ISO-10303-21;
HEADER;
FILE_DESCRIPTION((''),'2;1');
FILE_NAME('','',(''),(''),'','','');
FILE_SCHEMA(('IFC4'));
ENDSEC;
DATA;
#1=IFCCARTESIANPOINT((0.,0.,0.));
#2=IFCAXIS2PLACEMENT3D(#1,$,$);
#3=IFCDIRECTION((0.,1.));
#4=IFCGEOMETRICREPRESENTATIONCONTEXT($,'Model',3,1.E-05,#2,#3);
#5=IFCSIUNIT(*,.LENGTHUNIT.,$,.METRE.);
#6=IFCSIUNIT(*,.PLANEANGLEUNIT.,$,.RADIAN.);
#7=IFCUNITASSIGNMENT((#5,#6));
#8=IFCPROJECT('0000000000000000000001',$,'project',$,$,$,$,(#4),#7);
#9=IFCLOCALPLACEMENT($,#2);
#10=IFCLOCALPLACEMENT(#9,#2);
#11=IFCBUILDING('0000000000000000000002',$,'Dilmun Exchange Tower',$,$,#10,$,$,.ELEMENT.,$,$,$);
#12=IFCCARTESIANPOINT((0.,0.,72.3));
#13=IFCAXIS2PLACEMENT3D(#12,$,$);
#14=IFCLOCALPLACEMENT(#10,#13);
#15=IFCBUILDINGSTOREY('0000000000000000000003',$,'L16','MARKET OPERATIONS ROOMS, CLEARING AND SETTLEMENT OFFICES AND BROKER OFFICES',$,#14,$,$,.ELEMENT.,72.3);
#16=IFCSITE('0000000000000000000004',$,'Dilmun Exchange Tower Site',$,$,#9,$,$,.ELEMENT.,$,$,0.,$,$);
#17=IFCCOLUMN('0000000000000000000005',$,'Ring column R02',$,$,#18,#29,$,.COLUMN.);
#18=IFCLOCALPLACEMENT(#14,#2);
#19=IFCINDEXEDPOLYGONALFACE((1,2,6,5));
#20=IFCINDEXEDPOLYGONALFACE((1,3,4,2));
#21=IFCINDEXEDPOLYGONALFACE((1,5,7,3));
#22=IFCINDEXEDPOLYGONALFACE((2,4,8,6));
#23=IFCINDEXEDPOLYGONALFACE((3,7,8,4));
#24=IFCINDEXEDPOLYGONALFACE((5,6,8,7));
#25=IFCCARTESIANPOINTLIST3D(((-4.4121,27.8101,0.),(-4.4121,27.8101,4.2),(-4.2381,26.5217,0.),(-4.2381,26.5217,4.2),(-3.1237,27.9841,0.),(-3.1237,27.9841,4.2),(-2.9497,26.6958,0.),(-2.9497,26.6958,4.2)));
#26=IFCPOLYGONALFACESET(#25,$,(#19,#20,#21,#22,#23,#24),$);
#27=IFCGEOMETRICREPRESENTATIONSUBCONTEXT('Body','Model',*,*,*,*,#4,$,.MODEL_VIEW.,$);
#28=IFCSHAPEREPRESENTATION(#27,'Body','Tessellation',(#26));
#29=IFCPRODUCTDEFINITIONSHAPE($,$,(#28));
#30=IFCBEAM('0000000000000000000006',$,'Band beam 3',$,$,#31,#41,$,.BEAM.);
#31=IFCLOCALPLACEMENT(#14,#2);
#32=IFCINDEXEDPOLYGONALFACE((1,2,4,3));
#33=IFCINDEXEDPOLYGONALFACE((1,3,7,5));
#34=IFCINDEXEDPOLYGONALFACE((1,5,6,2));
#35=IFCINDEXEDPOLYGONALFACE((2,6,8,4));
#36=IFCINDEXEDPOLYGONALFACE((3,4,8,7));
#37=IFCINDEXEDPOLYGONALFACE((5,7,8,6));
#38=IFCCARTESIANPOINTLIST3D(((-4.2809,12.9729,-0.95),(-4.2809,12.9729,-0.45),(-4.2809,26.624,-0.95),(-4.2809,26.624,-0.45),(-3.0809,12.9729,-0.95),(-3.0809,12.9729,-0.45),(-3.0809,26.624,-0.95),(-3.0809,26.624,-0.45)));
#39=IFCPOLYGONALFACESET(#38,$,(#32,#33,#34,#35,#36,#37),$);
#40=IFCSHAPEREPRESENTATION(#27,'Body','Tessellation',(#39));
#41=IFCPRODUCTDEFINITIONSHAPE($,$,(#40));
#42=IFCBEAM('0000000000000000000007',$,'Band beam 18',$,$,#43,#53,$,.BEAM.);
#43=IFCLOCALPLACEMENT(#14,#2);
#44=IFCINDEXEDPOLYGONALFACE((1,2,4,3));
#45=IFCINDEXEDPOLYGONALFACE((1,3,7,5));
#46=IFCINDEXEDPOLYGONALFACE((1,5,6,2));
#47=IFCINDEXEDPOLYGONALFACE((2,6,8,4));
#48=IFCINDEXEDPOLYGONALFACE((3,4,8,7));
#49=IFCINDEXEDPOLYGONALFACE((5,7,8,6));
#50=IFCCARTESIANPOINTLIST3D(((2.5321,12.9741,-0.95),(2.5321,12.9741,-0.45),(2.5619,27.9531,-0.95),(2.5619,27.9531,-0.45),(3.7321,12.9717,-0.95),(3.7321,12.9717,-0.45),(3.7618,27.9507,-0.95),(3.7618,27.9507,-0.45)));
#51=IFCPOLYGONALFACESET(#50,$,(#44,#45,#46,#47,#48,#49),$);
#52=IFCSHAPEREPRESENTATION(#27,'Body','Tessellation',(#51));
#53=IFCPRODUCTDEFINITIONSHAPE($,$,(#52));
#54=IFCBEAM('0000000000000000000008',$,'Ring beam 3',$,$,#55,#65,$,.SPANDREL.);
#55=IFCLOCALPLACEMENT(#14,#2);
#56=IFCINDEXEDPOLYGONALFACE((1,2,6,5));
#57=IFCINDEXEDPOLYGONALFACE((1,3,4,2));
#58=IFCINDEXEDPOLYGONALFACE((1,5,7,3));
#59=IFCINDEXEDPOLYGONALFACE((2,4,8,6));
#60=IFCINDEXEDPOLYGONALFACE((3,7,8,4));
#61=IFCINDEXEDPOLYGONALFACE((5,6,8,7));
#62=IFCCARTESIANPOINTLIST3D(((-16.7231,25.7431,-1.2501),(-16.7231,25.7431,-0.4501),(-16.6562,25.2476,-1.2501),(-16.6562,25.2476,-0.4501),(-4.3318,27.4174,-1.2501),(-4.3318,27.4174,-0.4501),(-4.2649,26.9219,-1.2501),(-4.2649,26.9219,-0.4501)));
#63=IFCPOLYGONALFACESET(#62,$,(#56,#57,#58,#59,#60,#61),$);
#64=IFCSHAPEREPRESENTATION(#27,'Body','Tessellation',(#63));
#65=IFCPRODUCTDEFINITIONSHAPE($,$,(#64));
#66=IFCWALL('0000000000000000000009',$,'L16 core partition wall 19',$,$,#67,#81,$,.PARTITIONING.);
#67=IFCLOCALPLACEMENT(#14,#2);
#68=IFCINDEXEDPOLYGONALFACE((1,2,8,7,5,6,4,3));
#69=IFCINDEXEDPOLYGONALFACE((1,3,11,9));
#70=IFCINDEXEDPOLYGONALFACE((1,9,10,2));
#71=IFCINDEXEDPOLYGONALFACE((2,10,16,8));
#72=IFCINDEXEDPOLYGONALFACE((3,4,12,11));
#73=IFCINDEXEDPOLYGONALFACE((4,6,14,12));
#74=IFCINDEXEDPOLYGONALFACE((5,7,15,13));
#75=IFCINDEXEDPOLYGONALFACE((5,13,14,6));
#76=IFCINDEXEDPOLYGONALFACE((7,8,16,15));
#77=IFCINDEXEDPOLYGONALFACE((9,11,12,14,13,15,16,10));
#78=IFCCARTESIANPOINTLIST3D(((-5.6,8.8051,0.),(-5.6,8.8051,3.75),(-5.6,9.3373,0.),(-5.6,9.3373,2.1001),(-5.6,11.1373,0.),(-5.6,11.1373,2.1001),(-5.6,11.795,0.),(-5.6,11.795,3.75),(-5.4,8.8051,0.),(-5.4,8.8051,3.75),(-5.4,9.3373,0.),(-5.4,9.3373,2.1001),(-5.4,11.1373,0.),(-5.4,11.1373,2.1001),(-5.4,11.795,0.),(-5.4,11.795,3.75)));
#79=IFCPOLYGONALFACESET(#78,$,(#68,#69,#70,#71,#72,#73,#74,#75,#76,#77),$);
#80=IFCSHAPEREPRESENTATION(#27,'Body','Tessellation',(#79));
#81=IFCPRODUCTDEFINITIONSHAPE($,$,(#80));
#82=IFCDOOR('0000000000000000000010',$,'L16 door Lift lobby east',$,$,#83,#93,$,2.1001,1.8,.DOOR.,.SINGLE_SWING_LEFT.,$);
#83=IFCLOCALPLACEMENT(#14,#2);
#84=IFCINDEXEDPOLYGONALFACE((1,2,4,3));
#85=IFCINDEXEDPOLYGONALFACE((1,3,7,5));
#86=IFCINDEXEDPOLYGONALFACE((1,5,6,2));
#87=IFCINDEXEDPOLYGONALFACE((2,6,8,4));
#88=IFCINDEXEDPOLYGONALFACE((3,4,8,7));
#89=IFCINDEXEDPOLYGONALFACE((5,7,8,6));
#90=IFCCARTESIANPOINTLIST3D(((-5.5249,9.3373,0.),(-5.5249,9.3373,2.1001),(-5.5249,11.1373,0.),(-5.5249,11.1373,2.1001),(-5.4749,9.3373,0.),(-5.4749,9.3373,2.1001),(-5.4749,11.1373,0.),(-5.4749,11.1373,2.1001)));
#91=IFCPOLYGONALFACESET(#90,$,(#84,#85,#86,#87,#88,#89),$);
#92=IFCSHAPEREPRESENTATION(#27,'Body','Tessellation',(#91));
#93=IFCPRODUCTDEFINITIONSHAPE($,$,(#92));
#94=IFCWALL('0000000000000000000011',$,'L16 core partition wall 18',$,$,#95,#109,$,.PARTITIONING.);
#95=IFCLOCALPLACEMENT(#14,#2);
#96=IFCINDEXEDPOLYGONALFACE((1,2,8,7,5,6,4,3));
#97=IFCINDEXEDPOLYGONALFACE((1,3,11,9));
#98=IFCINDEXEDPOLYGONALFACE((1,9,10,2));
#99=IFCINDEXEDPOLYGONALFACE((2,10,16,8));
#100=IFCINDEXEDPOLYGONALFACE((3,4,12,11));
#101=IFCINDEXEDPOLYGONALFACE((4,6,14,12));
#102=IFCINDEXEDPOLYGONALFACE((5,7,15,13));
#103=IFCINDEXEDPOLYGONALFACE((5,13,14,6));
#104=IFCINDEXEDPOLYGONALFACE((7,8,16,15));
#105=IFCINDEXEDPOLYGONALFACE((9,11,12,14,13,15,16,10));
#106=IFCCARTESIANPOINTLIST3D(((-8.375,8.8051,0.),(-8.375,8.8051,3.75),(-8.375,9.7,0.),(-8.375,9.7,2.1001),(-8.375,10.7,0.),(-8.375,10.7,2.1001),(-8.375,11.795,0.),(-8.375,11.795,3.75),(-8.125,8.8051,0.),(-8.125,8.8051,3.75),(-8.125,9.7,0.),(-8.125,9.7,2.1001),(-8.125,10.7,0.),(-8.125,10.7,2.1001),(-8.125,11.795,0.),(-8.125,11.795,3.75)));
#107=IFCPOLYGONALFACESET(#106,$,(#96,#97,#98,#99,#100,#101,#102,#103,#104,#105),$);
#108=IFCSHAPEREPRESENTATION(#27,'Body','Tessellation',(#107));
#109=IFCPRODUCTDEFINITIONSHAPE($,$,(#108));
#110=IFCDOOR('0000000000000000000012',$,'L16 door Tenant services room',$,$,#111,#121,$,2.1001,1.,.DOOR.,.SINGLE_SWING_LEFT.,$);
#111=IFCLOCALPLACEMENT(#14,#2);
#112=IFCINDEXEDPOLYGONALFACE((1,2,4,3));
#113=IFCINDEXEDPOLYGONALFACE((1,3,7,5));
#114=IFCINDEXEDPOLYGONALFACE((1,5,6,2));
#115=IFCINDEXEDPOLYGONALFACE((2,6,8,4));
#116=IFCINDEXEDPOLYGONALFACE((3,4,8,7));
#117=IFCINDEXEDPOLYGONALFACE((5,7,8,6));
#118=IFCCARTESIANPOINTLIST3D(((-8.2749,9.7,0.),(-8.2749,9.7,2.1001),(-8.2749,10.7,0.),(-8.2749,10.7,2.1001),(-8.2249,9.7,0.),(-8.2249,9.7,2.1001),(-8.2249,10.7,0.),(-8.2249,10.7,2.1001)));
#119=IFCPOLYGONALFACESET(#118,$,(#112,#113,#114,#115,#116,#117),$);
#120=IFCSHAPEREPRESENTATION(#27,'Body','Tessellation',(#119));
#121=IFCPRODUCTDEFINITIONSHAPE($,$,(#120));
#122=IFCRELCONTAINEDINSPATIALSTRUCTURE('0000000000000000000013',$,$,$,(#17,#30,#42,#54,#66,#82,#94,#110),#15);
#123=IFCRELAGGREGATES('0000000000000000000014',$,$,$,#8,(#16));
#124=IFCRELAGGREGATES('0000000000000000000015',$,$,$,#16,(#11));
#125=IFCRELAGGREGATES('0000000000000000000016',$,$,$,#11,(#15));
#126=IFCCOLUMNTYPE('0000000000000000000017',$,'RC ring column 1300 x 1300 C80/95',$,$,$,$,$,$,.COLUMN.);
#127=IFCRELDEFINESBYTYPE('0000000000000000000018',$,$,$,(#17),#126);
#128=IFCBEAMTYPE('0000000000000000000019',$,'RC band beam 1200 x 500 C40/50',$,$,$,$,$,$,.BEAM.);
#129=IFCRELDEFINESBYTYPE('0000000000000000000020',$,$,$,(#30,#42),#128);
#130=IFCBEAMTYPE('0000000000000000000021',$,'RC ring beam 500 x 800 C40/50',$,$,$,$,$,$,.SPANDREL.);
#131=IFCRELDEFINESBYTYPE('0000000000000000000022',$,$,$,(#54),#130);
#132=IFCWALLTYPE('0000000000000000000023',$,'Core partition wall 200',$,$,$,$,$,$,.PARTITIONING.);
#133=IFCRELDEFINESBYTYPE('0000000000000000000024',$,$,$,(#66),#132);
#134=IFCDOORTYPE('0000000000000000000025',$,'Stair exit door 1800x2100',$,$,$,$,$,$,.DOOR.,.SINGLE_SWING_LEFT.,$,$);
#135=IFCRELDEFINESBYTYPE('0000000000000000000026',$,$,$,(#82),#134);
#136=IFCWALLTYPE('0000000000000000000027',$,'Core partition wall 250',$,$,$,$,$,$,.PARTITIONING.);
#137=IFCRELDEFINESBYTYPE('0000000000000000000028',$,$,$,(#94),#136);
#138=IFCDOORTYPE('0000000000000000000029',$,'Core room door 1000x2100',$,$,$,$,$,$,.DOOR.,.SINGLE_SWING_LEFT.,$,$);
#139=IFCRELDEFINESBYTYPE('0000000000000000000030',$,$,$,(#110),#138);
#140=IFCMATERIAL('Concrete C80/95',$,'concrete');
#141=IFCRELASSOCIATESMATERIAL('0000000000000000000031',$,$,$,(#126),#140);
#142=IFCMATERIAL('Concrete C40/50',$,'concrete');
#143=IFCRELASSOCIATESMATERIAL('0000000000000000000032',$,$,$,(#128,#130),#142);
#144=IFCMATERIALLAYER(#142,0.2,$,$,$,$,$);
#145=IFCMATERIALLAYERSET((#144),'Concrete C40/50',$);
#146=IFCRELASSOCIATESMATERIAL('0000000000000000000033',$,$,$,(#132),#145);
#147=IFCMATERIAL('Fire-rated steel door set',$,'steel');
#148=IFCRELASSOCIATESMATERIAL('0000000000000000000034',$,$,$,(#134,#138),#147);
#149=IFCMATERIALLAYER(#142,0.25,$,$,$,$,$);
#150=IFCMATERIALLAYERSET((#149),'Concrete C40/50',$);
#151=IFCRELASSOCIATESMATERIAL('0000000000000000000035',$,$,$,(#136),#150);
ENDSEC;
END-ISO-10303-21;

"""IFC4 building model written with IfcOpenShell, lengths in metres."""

from ifc_helpers import new_model, si_unit, direction, frame, frame_2d, origin, origin_2d, place, context, subcontext, project, spatial, rectangle, extrude, material, layer, layer_set, material_profile, profile_set, type_object, element, fill, save


model = new_model("IFC4")

# Units and contexts
model_context = context("Model", 3, precision=1e-05, world=origin(), true_north=direction((0.0, 1.0)))
body_context = subcontext(model_context, "Body", "Model", "MODEL_VIEW")
ifc_project = project(units=[si_unit("LENGTHUNIT", "METRE"), si_unit("PLANEANGLEUNIT", "RADIAN")], contexts=[model_context])

# Site, building, storey
site_placement = place(None, origin())
site = spatial("IfcSite", under=ifc_project, at=site_placement, Name="Dilmun Exchange Tower Site", CompositionType="ELEMENT", RefElevation=0.0)
building_placement = place(site_placement, origin())
building = spatial("IfcBuilding", under=site, at=building_placement, Name="Dilmun Exchange Tower", CompositionType="ELEMENT")
storey_placement = place(building_placement, frame((0.0, 0.0, 72.3)))
storey = spatial("IfcBuildingStorey", under=building, at=storey_placement, Name="L16", Description="MARKET OPERATIONS ROOMS, CLEARING AND SETTLEMENT OFFICES AND BROKER OFFICES", CompositionType="ELEMENT", Elevation=72.3)

# Column
ifc_material_1 = material(Name="Concrete C80/95", Category="concrete")
ifc_material_profile_1 = material_profile(ifc_material_1, rectangle(XDim=1.3, YDim=1.3, at=origin_2d()), Name="1300 x 1300")
ifc_profile_set_1 = profile_set([ifc_material_profile_1], Name="Concrete C80/95")
column_type = type_object("IfcColumnType", Name="RC ring column 1300 x 1300 C80/95", PredefinedType="COLUMN", material=ifc_profile_set_1)
column_placement = place(storey_placement, frame((-3.6809, 27.2529, 0.0), z_axis=(0.0, 0.0, 1.0), x_axis=(0.991001, 0.133853, 0.0)))
element("IfcColumn", 1, at=column_placement, inside=storey, type_object=column_type, Name="Ring column R02", PredefinedType="COLUMN", context=body_context, shape_type="SweptSolid", body=[
    extrude(rectangle(XDim=1.3, YDim=1.3, at=origin_2d()), origin(), (0.0, 0.0, 1.0), 4.2),
])

# Beams
ifc_material_2 = material(Name="Concrete C40/50", Category="concrete")
ifc_material_profile_2 = material_profile(ifc_material_2, rectangle(XDim=1.2, YDim=0.5, at=origin_2d()), Name="1200 x 500")
ifc_profile_set_2 = profile_set([ifc_material_profile_2], Name="Concrete C40/50")
beam_type_1 = type_object("IfcBeamType", Name="RC band beam 1200 x 500 C40/50", PredefinedType="BEAM", material=ifc_profile_set_2)
beam_1_placement = place(storey_placement, frame((-3.6809, 26.624, -0.7), z_axis=(0.0, -1.0, 0.0), x_axis=(1.0, 0.0, 0.0)))
element("IfcBeam", 2, at=beam_1_placement, inside=storey, type_object=beam_type_1, Name="Band beam 3", PredefinedType="BEAM", context=body_context, shape_type="SweptSolid", body=[
    extrude(rectangle(XDim=1.2, YDim=0.5, at=origin_2d()), origin(), (0.0, 0.0, 1.0), 13.6511),
])
beam_2_placement = place(storey_placement, frame((3.1619, 27.9519, -0.7), z_axis=(-0.001988, -0.999998, 0.0), x_axis=(0.999998, -0.001988, 0.0)))
element("IfcBeam", 3, at=beam_2_placement, inside=storey, type_object=beam_type_1, Name="Band beam 18", PredefinedType="BEAM", context=body_context, shape_type="SweptSolid", body=[
    extrude(rectangle(XDim=1.2, YDim=0.5, at=origin_2d()), origin(), (0.0, 0.0, 1.0), 14.979),
])
ifc_material_profile_3 = material_profile(ifc_material_2, rectangle(XDim=0.5, YDim=0.8, at=origin_2d()), Name="500 x 800")
ifc_profile_set_3 = profile_set([ifc_material_profile_3], Name="Concrete C40/50")
beam_type_2 = type_object("IfcBeamType", Name="RC ring beam 500 x 800 C40/50", PredefinedType="SPANDREL", material=ifc_profile_set_3)
beam_3_placement = place(storey_placement, frame((-4.2983, 27.1697, -0.8501), z_axis=(-0.990994, -0.133903, 0.0), x_axis=(0.133903, -0.990994, 0.0)))
element("IfcBeam", 4, at=beam_3_placement, inside=storey, type_object=beam_type_2, Name="Ring beam 3", PredefinedType="SPANDREL", context=body_context, shape_type="SweptSolid", body=[
    extrude(rectangle(XDim=0.5, YDim=0.8, at=origin_2d()), origin(), (0.0, 0.0, 1.0), 12.5039),
])

# Walls, openings, doors
ifc_layer_1 = layer(ifc_material_2, 0.2)
ifc_layer_set_1 = layer_set([ifc_layer_1], Name="Concrete C40/50")
wall_type_1 = type_object("IfcWallType", Name="Core partition wall 200", PredefinedType="PARTITIONING", material=ifc_layer_set_1)
wall_1_placement = place(storey_placement, frame((-5.5, 8.8049, 0.0), z_axis=(0.0, 0.0, 1.0), x_axis=(0.0, 1.0, 0.0)))
wall_1 = element("IfcWall", 5, at=wall_1_placement, inside=storey, type_object=wall_type_1, Name="L16 core partition wall 19", PredefinedType="PARTITIONING", context=body_context, shape_type="SweptSolid", body=[
    extrude(rectangle(XDim=2.99, YDim=0.2, at=frame_2d((1.4951, 0.0))), origin(), (0.0, 0.0, 1.0), 3.75),
])
opening_1_placement = place(wall_1_placement, frame((0.5325, 0.0, 0.0)))
opening_1 = element("IfcOpeningElement", 6, at=opening_1_placement, cuts=wall_1, PredefinedType="OPENING", context=body_context, shape_type="SweptSolid", body=[
    extrude(rectangle(XDim=1.8, YDim=2.1001, at=frame_2d((0.8999, 1.05))), frame((0.0, 0.1099, 0.0), z_axis=(0.0, -1.0, 0.0), x_axis=(1.0, 0.0, 0.0)), (0.0, 0.0, 1.0), 0.22),
])
ifc_material_3 = material(Name="Fire-rated steel door set", Category="steel")
door_type_1 = type_object("IfcDoorType", Name="Stair exit door 1800x2100", OperationType="SINGLE_SWING_LEFT", PredefinedType="DOOR", material=ifc_material_3)
door_1_placement = place(opening_1_placement, origin())
door_1 = element("IfcDoor", 7, at=door_1_placement, inside=storey, type_object=door_type_1, Name="L16 door Lift lobby east", OperationType="SINGLE_SWING_LEFT", OverallHeight=2.1001, OverallWidth=1.8, PredefinedType="DOOR", context=body_context, shape_type="SweptSolid", body=[
    extrude(rectangle(XDim=1.8, YDim=2.1001, at=frame_2d((0.8999, 1.05))), frame((0.0, 0.0249, 0.0), z_axis=(0.0, -1.0, 0.0), x_axis=(1.0, 0.0, 0.0)), (0.0, 0.0, 1.0), 0.05),
])
fill(opening_1, door_1)
ifc_layer_2 = layer(ifc_material_2, 0.25)
ifc_layer_set_2 = layer_set([ifc_layer_2], Name="Concrete C40/50")
wall_type_2 = type_object("IfcWallType", Name="Core partition wall 250", PredefinedType="PARTITIONING", material=ifc_layer_set_2)
wall_2_placement = place(storey_placement, frame((-8.25, 8.8049, 0.0), z_axis=(0.0, 0.0, 1.0), x_axis=(0.0, 1.0, 0.0)))
wall_2 = element("IfcWall", 8, at=wall_2_placement, inside=storey, type_object=wall_type_2, Name="L16 core partition wall 18", PredefinedType="PARTITIONING", context=body_context, shape_type="SweptSolid", body=[
    extrude(rectangle(XDim=2.99, YDim=0.25, at=frame_2d((1.4951, 0.0))), origin(), (0.0, 0.0, 1.0), 3.75),
])
opening_2_placement = place(wall_2_placement, frame((0.895, 0.0, 0.0)))
opening_2 = element("IfcOpeningElement", 9, at=opening_2_placement, cuts=wall_2, PredefinedType="OPENING", context=body_context, shape_type="SweptSolid", body=[
    extrude(rectangle(XDim=1.0, YDim=2.1001, at=frame_2d((0.5, 1.05))), frame((0.0, 0.135, 0.0), z_axis=(0.0, -1.0, 0.0), x_axis=(1.0, 0.0, 0.0)), (0.0, 0.0, 1.0), 0.27),
])
door_type_2 = type_object("IfcDoorType", Name="Core room door 1000x2100", OperationType="SINGLE_SWING_LEFT", PredefinedType="DOOR", material=ifc_material_3)
door_2_placement = place(opening_2_placement, origin())
door_2 = element("IfcDoor", 10, at=door_2_placement, inside=storey, type_object=door_type_2, Name="L16 door Tenant services room", OperationType="SINGLE_SWING_LEFT", OverallHeight=2.1001, OverallWidth=1.0, PredefinedType="DOOR", context=body_context, shape_type="SweptSolid", body=[
    extrude(rectangle(XDim=1.0, YDim=2.1001, at=frame_2d((0.5, 1.05))), frame((0.0, 0.0249, 0.0), z_axis=(0.0, -1.0, 0.0), x_axis=(1.0, 0.0, 0.0)), (0.0, 0.0, 1.0), 0.05),
])
fill(opening_2, door_2)

save(model, "model.ifc")
